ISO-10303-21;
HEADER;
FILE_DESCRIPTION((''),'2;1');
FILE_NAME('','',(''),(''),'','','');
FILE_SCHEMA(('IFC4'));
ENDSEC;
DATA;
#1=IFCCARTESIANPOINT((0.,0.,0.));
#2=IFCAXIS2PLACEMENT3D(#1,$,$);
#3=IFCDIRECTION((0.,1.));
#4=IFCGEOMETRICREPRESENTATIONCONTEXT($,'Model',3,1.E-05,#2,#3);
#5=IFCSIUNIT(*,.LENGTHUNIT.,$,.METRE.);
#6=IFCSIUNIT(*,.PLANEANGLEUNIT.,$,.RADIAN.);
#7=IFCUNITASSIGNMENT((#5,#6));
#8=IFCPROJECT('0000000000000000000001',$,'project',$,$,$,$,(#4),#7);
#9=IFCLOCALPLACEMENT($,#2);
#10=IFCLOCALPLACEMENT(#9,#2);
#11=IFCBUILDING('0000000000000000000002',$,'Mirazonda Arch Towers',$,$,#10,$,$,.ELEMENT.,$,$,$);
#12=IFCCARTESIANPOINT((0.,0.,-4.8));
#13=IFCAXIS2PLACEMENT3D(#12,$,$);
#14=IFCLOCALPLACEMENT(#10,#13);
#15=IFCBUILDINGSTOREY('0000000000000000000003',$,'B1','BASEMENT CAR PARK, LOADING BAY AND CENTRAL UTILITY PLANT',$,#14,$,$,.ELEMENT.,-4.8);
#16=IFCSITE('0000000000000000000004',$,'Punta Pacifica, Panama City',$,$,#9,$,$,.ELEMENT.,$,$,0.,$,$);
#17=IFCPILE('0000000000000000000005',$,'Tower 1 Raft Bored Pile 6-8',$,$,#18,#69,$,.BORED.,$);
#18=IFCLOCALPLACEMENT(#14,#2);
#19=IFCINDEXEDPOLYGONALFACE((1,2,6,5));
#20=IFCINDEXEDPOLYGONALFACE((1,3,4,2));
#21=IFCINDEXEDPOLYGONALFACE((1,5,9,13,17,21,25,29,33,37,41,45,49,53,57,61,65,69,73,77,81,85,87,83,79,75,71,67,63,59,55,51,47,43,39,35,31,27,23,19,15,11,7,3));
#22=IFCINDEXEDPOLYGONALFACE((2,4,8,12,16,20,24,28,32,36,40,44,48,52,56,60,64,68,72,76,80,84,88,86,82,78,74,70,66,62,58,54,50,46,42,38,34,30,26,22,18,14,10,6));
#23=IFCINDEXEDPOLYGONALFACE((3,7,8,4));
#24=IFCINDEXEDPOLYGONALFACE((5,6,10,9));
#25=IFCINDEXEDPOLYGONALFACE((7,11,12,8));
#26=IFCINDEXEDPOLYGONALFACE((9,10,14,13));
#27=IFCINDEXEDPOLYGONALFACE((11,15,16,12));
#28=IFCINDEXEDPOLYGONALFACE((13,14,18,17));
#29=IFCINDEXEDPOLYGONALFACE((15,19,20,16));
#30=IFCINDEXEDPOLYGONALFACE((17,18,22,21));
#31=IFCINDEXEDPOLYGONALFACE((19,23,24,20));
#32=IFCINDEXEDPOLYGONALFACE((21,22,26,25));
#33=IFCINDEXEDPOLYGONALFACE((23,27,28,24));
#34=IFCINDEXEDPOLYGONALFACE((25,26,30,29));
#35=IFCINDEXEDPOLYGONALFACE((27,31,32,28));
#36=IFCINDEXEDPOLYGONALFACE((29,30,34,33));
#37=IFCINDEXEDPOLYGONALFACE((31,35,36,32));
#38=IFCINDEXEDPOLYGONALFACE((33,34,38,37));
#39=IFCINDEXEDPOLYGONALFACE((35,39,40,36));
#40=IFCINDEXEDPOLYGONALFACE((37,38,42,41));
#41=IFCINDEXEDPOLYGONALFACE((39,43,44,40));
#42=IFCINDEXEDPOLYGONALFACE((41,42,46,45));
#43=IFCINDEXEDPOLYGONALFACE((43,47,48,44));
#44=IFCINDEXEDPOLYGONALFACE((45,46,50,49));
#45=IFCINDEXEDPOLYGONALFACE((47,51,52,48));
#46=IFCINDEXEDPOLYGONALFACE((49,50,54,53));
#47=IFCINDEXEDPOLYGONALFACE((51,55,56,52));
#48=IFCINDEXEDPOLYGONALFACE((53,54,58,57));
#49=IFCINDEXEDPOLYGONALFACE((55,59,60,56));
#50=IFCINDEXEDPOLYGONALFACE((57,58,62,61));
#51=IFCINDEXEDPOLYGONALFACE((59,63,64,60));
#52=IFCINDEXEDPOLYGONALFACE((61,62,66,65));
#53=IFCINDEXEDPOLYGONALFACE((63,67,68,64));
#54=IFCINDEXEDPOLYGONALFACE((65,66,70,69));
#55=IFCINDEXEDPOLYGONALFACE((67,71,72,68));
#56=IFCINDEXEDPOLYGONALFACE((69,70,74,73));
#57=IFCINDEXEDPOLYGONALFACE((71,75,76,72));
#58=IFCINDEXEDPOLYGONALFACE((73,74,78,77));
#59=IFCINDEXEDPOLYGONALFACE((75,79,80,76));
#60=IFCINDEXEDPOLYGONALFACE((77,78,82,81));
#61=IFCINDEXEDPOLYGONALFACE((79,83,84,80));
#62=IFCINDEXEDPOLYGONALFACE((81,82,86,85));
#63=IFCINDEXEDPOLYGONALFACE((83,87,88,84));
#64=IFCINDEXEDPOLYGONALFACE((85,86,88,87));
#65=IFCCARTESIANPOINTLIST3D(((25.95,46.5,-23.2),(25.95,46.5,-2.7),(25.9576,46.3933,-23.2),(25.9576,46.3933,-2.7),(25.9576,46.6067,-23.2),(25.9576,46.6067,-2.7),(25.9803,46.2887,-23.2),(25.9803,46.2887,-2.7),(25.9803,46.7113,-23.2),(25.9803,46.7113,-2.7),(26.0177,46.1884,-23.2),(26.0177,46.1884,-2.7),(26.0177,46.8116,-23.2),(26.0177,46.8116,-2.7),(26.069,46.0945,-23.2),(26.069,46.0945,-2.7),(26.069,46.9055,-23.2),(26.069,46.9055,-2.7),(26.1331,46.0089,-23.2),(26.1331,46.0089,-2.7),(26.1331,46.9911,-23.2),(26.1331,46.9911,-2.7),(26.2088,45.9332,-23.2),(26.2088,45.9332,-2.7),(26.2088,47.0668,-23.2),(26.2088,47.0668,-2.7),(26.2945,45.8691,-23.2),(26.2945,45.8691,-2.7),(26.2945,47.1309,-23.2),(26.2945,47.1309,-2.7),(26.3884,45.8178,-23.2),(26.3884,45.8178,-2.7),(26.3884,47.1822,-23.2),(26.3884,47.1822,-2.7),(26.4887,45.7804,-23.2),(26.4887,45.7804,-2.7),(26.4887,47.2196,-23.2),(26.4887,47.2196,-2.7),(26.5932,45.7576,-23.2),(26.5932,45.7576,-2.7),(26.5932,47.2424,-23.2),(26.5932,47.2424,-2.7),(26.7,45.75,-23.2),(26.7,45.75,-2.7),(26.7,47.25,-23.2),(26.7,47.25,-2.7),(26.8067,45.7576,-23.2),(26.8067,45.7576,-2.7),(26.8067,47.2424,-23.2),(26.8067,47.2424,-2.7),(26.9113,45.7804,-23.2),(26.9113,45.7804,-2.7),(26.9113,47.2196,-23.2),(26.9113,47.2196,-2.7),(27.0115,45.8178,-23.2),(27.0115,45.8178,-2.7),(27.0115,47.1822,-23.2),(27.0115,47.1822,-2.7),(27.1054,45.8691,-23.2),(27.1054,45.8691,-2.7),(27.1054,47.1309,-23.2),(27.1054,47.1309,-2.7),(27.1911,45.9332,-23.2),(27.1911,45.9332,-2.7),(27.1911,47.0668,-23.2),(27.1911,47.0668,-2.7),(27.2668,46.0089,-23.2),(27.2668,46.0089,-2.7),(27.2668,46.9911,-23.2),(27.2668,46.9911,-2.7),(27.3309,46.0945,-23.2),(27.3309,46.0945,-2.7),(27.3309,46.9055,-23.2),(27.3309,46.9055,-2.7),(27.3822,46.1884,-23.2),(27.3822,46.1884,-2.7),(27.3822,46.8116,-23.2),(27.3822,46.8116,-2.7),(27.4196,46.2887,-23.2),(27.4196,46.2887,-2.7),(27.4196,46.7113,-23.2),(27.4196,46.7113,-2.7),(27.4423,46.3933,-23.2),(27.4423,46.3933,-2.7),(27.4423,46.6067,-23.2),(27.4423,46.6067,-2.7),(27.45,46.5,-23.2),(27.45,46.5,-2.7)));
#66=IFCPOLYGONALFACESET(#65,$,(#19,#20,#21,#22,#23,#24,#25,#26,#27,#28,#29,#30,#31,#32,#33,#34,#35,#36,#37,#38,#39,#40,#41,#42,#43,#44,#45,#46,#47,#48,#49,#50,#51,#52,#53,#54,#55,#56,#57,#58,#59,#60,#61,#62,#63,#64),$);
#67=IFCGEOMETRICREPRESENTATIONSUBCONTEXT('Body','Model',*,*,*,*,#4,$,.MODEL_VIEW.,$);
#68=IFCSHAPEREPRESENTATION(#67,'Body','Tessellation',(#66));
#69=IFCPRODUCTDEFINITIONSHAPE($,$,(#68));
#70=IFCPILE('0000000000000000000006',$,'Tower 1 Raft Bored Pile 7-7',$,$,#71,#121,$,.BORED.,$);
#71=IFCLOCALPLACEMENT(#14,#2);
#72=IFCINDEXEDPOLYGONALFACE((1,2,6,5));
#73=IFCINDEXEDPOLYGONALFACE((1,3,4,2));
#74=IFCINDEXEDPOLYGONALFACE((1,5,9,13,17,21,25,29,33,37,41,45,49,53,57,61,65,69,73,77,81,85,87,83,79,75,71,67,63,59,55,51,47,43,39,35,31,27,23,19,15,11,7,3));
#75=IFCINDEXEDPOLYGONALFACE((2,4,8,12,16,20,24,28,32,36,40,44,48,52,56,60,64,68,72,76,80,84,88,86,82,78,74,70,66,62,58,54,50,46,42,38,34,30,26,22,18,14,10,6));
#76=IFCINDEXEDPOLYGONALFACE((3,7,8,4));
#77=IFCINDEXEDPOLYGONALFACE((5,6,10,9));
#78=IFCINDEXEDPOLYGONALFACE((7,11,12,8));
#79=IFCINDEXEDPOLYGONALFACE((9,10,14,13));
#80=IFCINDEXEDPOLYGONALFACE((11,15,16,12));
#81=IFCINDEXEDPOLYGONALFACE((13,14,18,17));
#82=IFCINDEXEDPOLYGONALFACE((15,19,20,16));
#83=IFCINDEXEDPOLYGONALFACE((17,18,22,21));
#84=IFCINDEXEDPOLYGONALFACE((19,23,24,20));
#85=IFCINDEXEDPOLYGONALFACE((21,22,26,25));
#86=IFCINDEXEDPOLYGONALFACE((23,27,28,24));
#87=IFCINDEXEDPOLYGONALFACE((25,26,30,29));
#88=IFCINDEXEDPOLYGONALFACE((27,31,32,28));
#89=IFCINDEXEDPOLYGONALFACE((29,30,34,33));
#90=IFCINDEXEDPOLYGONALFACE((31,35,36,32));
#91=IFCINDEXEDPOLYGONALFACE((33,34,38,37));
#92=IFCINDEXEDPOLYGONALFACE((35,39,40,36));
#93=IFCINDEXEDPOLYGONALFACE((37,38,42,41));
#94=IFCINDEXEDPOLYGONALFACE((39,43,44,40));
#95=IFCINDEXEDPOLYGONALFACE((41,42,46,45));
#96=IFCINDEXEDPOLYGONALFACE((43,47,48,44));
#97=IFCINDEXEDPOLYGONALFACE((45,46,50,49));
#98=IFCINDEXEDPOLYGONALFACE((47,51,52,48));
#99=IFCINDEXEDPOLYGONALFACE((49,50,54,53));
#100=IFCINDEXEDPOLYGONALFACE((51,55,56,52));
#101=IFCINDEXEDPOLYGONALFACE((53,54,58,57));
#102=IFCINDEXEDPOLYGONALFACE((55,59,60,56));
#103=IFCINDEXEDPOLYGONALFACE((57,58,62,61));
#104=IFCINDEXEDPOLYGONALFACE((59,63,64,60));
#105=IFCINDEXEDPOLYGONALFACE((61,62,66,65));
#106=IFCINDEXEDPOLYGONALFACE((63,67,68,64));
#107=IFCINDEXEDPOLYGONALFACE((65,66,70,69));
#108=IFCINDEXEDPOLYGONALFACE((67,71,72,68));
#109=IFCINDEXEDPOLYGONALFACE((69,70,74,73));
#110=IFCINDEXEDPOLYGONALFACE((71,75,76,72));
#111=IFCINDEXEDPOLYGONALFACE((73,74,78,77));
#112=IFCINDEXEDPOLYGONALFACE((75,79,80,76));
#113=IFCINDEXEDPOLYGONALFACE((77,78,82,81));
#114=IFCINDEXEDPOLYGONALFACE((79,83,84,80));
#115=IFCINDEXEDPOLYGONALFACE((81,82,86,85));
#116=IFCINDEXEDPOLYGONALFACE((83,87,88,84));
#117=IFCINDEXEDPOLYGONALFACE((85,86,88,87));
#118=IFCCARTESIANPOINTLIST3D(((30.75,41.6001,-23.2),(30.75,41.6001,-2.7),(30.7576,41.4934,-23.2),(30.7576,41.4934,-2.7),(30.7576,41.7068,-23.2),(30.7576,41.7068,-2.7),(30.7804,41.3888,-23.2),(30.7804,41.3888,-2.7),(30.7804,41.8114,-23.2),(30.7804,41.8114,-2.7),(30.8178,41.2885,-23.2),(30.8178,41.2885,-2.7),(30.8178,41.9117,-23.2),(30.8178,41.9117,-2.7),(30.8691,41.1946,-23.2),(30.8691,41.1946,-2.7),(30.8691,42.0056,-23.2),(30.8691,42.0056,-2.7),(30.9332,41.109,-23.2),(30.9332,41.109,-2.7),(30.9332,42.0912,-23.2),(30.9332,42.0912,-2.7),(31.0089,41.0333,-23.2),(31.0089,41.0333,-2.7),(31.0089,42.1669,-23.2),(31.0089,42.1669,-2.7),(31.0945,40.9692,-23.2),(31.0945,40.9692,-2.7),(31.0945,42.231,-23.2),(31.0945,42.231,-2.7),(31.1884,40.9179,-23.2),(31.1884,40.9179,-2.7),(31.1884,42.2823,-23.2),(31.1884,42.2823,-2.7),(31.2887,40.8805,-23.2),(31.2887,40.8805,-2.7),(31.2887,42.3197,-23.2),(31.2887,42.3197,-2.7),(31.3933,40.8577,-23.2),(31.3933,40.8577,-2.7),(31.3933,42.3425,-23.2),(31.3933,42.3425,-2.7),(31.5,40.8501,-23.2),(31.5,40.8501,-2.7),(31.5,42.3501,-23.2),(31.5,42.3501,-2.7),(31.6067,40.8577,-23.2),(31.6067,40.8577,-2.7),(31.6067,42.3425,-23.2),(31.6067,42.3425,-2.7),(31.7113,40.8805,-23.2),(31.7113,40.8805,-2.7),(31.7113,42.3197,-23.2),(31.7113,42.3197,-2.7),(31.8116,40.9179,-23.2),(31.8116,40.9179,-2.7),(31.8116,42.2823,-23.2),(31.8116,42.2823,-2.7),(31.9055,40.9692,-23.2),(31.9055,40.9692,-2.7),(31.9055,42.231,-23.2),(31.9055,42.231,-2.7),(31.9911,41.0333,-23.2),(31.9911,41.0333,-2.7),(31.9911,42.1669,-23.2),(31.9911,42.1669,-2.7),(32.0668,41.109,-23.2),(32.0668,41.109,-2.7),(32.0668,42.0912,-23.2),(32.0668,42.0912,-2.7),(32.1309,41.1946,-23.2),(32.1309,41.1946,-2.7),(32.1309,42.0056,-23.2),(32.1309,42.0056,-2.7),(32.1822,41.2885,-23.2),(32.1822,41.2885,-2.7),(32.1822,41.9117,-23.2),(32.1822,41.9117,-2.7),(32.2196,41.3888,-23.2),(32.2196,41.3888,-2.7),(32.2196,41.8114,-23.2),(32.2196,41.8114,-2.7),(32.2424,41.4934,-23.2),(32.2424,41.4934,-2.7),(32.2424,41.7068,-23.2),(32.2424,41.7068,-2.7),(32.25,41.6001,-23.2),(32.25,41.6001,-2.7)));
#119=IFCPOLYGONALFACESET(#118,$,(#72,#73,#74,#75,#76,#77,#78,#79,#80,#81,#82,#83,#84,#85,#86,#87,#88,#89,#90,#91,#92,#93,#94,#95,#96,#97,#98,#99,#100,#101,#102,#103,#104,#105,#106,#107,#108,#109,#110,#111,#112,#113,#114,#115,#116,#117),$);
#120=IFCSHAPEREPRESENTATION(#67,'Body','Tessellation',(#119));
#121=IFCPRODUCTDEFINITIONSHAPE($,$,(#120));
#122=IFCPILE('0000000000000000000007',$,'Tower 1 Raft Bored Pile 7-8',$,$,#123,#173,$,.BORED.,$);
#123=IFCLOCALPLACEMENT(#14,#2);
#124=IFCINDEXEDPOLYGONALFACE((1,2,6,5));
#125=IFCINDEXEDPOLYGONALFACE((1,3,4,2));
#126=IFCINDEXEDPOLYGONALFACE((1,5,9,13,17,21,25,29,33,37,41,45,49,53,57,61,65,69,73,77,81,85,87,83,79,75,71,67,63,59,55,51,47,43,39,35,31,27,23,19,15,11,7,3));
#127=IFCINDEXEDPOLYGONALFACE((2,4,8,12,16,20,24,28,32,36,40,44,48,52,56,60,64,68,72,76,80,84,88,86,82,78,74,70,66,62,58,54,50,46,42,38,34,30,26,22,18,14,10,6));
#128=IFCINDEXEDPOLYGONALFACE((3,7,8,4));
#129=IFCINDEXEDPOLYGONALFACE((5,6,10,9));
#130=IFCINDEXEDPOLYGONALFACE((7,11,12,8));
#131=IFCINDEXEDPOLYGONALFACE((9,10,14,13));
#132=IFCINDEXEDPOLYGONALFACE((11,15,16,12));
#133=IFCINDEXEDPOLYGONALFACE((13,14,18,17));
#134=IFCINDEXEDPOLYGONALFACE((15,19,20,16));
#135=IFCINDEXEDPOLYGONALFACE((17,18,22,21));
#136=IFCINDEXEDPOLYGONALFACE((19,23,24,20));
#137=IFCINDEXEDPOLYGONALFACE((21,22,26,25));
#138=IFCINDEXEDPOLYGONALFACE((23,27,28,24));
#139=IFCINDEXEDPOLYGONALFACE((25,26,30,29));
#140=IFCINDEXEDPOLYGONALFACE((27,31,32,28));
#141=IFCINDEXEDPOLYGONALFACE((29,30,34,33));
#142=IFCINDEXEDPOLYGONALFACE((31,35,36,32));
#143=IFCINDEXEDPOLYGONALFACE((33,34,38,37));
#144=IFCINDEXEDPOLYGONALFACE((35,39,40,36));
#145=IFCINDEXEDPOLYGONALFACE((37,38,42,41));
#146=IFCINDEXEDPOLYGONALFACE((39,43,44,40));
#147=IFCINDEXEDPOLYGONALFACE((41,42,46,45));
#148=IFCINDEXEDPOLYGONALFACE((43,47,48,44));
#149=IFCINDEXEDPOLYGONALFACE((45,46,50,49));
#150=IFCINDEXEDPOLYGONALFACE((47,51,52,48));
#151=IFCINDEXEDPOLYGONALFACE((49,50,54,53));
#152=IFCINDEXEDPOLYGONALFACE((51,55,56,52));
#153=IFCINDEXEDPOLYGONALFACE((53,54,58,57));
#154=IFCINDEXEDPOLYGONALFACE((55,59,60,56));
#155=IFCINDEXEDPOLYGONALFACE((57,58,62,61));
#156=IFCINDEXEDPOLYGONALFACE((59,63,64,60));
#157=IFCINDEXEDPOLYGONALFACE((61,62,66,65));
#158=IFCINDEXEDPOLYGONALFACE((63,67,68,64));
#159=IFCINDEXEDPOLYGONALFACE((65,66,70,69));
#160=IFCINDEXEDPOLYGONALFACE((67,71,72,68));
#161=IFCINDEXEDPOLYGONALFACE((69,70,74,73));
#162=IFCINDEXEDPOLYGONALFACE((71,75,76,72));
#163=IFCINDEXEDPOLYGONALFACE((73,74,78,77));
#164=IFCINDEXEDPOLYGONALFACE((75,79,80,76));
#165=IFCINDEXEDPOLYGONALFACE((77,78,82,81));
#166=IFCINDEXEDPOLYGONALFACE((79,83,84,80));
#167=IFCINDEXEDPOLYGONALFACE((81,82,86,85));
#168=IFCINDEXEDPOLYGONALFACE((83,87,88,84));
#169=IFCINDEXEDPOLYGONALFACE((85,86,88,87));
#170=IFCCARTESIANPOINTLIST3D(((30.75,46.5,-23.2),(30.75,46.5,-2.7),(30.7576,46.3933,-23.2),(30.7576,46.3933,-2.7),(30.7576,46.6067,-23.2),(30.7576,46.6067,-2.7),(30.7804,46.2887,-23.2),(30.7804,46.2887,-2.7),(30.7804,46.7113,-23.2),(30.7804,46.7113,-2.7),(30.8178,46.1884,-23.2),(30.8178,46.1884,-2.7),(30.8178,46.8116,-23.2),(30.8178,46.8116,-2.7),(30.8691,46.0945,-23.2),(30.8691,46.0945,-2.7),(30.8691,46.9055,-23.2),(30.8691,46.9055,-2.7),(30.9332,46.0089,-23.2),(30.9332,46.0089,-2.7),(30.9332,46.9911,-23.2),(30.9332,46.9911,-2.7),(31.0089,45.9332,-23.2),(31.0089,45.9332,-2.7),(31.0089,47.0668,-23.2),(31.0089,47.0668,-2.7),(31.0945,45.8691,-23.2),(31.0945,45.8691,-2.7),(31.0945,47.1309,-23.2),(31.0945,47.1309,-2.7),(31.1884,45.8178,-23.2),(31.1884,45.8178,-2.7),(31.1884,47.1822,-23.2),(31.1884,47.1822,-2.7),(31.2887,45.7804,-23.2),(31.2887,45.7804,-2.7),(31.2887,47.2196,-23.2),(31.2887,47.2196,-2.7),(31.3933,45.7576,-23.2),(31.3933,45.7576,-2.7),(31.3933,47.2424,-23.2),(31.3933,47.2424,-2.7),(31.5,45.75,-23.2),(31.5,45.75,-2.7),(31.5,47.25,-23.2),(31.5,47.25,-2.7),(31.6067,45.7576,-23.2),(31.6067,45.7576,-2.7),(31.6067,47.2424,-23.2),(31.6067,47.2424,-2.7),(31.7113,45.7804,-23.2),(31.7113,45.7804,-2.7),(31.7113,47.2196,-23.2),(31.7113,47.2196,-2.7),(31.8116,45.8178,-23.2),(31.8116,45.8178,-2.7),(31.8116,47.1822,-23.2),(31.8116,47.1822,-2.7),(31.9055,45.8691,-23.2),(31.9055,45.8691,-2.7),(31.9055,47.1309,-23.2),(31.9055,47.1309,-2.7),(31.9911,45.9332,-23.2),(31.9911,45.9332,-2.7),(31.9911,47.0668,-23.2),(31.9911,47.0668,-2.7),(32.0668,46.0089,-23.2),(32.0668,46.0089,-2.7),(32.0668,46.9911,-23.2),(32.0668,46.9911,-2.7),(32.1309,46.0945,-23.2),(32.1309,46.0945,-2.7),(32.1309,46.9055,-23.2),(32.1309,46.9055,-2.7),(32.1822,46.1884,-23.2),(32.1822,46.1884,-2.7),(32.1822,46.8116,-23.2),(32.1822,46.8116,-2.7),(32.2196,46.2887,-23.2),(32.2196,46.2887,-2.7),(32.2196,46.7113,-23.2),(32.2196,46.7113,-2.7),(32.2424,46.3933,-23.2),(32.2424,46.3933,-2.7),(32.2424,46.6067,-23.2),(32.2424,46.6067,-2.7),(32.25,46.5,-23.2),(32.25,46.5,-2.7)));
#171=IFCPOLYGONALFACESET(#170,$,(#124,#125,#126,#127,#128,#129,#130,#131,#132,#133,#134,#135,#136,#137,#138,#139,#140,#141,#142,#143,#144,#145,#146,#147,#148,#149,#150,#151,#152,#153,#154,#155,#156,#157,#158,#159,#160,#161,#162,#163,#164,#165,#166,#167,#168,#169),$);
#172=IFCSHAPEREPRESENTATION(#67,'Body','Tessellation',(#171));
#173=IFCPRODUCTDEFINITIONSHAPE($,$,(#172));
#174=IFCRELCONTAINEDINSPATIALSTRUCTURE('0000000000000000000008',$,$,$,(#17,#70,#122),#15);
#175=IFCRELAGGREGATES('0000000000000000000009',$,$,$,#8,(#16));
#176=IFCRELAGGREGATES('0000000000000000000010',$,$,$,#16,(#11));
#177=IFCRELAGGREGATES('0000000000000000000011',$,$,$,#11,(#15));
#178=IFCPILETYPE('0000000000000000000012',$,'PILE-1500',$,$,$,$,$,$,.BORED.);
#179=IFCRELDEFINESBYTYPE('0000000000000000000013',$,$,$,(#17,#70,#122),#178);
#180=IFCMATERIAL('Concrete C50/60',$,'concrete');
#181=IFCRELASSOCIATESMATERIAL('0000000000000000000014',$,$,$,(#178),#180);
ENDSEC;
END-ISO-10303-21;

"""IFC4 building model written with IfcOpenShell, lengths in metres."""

from ifc_helpers import new_model, si_unit, direction, frame, origin, origin_2d, place, context, subcontext, project, spatial, circle, extrude, material, material_profile, profile_set, type_object, element, save


model = new_model("IFC4")

# Units and contexts
model_context = context("Model", 3, precision=1e-05, world=origin(), true_north=direction((0.0, 1.0)))
body_context = subcontext(model_context, "Body", "Model", "MODEL_VIEW")
ifc_project = project(units=[si_unit("LENGTHUNIT", "METRE"), si_unit("PLANEANGLEUNIT", "RADIAN")], contexts=[model_context])

# Site, building, storey
site_placement = place(None, origin())
site = spatial("IfcSite", under=ifc_project, at=site_placement, Name="Punta Pacifica, Panama City", CompositionType="ELEMENT", RefElevation=0.0)
building_placement = place(site_placement, origin())
building = spatial("IfcBuilding", under=site, at=building_placement, Name="Mirazonda Arch Towers", CompositionType="ELEMENT")
storey_placement = place(building_placement, frame((0.0, 0.0, -4.8)))
storey = spatial("IfcBuildingStorey", under=building, at=storey_placement, Name="B1", Description="BASEMENT CAR PARK, LOADING BAY AND CENTRAL UTILITY PLANT", CompositionType="ELEMENT", Elevation=-4.8)

# Piles
ifc_material_1 = material(Name="Concrete C50/60", Category="concrete")
ifc_material_profile_1 = material_profile(ifc_material_1, circle(Radius=0.75, at=origin_2d()), Name="BORED-D1500")
ifc_profile_set_1 = profile_set([ifc_material_profile_1], Name="Concrete C50/60")
pile_type = type_object("IfcPileType", Name="PILE-1500", PredefinedType="BORED", material=ifc_profile_set_1)
for number, where, z_axis, x_axis, name in (
    (1, (26.7, 46.5, -2.7), (0.0, 0.0, -1.0), (1.0, 0.0, 0.0), "Tower 1 Raft Bored Pile 6-8"),
    (2, (31.5, 41.6001, -2.7), (0.0, 0.0, -1.0), (1.0, 0.0, 0.0), "Tower 1 Raft Bored Pile 7-7"),
    (3, (31.5, 46.5, -2.7), (0.0, 0.0, -1.0), (1.0, 0.0, 0.0), "Tower 1 Raft Bored Pile 7-8"),
):
    element("IfcPile", number, at=place(storey_placement, frame(where, z_axis=z_axis, x_axis=x_axis)), inside=storey, type_object=pile_type, Name=name, PredefinedType="BORED", context=body_context, shape_type="SweptSolid", body=[
        extrude(circle(Radius=0.75, at=origin_2d()), origin(), (0.0, 0.0, 1.0), 20.5),
    ])

save(model, "model.ifc")
